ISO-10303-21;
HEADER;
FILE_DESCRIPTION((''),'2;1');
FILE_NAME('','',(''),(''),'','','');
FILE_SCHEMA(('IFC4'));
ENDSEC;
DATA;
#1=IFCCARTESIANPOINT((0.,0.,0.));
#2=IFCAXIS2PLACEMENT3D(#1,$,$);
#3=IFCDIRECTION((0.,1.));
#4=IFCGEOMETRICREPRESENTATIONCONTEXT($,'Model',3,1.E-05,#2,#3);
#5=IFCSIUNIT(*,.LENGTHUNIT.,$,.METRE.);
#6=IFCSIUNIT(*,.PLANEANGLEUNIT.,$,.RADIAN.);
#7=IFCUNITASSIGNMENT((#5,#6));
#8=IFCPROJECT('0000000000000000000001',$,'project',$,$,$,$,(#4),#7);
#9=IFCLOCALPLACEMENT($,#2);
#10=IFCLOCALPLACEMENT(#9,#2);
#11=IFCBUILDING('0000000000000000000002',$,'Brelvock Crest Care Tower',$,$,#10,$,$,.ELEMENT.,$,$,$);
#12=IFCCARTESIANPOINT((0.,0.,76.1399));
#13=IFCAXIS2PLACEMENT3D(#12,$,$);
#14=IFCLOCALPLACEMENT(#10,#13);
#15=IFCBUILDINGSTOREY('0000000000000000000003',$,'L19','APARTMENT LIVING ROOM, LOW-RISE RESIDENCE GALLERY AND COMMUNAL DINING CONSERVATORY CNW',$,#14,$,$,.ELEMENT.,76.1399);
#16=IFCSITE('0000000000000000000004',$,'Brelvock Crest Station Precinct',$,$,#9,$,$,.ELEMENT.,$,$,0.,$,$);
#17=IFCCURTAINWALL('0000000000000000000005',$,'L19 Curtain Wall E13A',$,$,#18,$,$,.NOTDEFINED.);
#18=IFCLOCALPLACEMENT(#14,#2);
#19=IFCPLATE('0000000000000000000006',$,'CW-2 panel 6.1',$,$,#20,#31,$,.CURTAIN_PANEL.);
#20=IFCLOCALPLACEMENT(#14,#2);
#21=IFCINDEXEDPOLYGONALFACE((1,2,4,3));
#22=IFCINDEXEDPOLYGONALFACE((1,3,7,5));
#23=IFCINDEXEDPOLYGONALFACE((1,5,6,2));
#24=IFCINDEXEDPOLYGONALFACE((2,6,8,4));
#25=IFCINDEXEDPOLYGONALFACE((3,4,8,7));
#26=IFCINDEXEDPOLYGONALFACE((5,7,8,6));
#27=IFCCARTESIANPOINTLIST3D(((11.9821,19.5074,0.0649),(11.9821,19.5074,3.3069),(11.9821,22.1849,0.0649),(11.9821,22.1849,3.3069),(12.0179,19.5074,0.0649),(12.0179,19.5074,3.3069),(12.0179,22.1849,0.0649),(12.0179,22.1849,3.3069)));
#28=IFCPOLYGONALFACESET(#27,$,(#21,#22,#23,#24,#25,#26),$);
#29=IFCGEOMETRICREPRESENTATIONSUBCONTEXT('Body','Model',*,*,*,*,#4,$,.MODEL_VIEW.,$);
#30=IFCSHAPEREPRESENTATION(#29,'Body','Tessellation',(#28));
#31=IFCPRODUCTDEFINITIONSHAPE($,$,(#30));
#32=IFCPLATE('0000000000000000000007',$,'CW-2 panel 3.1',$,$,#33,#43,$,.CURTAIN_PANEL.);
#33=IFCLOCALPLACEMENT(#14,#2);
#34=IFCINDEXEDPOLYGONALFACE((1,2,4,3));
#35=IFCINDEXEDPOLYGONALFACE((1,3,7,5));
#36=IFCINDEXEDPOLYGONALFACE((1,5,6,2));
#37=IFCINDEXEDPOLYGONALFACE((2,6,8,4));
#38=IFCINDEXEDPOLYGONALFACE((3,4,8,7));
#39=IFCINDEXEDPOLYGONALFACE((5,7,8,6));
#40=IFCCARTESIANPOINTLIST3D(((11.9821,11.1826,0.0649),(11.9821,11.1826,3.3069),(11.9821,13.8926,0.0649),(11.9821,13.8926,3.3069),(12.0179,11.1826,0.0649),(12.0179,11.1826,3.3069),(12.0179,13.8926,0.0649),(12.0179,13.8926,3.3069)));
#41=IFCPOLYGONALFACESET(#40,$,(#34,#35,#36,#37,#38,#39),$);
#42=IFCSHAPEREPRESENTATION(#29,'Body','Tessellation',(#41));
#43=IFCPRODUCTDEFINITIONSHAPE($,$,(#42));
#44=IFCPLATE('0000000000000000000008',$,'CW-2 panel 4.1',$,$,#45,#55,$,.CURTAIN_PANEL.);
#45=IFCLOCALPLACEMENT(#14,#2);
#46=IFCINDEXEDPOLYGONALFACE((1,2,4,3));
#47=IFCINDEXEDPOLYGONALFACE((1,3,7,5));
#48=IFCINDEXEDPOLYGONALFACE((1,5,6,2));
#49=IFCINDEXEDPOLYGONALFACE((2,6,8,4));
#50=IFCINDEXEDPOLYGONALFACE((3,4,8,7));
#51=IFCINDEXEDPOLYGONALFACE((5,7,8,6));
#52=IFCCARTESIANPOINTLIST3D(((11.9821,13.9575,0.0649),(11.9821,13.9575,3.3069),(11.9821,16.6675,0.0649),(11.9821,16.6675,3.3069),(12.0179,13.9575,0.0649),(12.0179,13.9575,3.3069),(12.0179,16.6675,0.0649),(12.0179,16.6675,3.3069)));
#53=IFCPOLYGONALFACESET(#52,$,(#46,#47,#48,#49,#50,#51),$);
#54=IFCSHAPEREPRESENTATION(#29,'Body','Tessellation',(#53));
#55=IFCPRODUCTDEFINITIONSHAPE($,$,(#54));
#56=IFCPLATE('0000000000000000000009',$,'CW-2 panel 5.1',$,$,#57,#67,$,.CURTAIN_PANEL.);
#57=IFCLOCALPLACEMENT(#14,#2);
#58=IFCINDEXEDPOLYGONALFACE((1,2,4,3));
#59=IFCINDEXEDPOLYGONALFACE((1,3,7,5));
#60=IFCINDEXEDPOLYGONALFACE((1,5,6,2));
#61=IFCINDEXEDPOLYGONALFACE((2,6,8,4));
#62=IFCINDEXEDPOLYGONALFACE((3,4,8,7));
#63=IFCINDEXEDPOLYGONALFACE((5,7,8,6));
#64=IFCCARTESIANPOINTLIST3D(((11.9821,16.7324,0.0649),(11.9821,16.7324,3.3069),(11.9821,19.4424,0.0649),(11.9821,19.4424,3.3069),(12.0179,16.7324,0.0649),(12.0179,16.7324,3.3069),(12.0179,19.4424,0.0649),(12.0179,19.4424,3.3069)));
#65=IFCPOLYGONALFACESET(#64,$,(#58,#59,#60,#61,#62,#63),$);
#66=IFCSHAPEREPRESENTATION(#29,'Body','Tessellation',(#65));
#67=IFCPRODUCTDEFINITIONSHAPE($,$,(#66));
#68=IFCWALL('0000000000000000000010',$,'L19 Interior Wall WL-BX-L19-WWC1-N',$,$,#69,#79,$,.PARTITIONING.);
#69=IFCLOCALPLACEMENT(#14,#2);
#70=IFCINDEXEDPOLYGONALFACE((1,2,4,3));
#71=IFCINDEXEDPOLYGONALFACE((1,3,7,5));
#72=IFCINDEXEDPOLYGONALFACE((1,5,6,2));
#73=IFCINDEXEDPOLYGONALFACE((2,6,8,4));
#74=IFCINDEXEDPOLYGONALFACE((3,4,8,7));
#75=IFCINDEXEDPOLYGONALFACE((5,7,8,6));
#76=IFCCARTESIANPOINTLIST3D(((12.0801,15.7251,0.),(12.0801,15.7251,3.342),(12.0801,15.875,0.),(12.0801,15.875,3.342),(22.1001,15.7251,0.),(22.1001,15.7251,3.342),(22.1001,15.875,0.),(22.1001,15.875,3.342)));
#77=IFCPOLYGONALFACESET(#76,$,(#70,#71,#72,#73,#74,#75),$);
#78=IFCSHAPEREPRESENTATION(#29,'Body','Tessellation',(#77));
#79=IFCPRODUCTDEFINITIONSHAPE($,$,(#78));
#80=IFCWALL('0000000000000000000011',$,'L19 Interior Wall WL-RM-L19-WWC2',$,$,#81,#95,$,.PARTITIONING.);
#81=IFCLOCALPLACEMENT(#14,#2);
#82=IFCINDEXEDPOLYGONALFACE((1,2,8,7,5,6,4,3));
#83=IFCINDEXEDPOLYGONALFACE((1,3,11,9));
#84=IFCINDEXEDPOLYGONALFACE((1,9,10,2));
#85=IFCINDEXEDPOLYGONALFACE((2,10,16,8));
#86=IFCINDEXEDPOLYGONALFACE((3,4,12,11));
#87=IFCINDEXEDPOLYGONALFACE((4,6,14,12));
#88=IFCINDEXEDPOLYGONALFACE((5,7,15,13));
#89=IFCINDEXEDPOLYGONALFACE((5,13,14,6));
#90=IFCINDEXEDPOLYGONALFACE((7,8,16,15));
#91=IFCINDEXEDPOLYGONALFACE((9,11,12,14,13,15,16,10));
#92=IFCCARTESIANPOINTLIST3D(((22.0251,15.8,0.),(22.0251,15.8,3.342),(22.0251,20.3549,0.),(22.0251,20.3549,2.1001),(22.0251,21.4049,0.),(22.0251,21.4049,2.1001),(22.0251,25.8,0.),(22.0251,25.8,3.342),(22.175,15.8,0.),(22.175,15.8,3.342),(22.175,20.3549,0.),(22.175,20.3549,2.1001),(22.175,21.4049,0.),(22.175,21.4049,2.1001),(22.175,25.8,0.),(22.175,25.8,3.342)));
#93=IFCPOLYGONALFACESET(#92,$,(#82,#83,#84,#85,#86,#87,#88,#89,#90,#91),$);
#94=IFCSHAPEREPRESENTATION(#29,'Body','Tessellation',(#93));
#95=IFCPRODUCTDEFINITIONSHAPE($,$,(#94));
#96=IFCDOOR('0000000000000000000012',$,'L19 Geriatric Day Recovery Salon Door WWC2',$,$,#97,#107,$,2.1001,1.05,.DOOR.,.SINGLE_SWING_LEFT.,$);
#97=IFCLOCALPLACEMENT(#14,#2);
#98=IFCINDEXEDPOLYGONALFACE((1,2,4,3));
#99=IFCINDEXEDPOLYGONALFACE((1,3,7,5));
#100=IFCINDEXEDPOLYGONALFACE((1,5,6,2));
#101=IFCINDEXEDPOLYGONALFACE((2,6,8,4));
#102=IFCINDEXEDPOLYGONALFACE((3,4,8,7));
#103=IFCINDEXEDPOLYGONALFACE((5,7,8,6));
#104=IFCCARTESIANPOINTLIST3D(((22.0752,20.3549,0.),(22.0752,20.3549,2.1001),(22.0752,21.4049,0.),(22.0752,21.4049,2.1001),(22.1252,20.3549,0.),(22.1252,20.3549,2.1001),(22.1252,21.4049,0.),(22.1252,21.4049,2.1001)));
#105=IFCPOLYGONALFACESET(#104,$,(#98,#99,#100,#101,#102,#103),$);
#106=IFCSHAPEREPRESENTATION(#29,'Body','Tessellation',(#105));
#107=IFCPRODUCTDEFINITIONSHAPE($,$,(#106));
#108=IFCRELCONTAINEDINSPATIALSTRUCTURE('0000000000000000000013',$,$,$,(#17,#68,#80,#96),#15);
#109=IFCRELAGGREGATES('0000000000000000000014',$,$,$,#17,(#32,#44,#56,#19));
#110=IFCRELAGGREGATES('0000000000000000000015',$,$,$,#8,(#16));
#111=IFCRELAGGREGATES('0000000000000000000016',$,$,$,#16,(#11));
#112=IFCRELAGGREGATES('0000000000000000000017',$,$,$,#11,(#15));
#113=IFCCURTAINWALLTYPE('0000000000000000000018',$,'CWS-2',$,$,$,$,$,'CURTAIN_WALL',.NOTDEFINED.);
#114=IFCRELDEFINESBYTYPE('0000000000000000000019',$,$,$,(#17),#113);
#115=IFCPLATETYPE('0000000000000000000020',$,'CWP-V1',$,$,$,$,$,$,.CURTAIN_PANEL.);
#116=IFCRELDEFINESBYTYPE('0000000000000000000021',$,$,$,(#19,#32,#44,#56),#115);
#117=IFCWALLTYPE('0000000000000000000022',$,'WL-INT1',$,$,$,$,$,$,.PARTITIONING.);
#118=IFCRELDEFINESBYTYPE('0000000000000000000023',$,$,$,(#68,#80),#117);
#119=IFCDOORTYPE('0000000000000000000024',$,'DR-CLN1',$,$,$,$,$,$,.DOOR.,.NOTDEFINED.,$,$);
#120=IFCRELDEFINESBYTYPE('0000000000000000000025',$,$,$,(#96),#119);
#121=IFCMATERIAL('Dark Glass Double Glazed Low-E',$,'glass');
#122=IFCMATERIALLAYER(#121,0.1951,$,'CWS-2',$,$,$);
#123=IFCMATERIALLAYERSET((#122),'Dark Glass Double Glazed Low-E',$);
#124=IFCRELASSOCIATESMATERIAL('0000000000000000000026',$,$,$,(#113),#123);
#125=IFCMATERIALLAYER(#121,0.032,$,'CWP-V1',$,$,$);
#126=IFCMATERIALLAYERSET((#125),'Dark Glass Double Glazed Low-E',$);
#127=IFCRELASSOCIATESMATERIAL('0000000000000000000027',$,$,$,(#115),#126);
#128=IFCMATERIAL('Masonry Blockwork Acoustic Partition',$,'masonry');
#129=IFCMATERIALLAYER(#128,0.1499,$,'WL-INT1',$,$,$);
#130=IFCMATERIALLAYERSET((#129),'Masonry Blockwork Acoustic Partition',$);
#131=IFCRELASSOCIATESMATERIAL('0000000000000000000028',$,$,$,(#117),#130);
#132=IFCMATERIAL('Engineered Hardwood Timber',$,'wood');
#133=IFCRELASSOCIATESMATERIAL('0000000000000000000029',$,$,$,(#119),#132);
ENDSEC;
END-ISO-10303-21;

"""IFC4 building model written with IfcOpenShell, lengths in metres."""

from ifc_helpers import new_model, si_unit, direction, frame, frame_2d, origin, origin_2d, place, context, subcontext, project, spatial, rectangle, extrude, source, transform, mapped, material, layer, layer_set, type_object, element, fill, aggregate, save


model = new_model("IFC4")

# Units and contexts
model_context = context("Model", 3, precision=1e-05, world=origin(), true_north=direction((0.0, 1.0)))
body_context = subcontext(model_context, "Body", "Model", "MODEL_VIEW")
ifc_project = project(units=[si_unit("LENGTHUNIT", "METRE"), si_unit("PLANEANGLEUNIT", "RADIAN")], contexts=[model_context])

# Site, building, storey
site_placement = place(None, origin())
site = spatial("IfcSite", under=ifc_project, at=site_placement, Name="Brelvock Crest Station Precinct", CompositionType="ELEMENT", RefElevation=0.0)
building_placement = place(site_placement, origin())
building = spatial("IfcBuilding", under=site, at=building_placement, Name="Brelvock Crest Care Tower", CompositionType="ELEMENT")
storey_placement = place(building_placement, frame((0.0, 0.0, 76.1399)))
storey = spatial("IfcBuildingStorey", under=building, at=storey_placement, Name="L19", Description="APARTMENT LIVING ROOM, LOW-RISE RESIDENCE GALLERY AND COMMUNAL DINING CONSERVATORY CNW", CompositionType="ELEMENT", Elevation=76.1399)

# Curtain wall, plates
ifc_material_1 = material(Name="Dark Glass Double Glazed Low-E", Category="glass")
ifc_layer_1 = layer(ifc_material_1, 0.1951, Name="CWS-2")
ifc_layer_set_1 = layer_set([ifc_layer_1], Name="Dark Glass Double Glazed Low-E")
curtain_wall_type = type_object("IfcCurtainWallType", Name="CWS-2", ElementType="CURTAIN_WALL", PredefinedType="NOTDEFINED", material=ifc_layer_set_1)
curtain_wall_placement = place(storey_placement, origin())
curtain_wall = element("IfcCurtainWall", 1, at=curtain_wall_placement, inside=storey, type_object=curtain_wall_type, Name="L19 Curtain Wall E13A", PredefinedType="NOTDEFINED")
ifc_layer_2 = layer(ifc_material_1, 0.032, Name="CWP-V1")
ifc_layer_set_2 = layer_set([ifc_layer_2], Name="Dark Glass Double Glazed Low-E")
plate_type = type_object("IfcPlateType", Name="CWP-V1", PredefinedType="CURTAIN_PANEL", material=ifc_layer_set_2)
shared_shape_1 = source(origin(), body_context, "Body", "SweptSolid", [
    extrude(rectangle(XDim=2.6775, YDim=0.0359, at=origin_2d()), origin(), (0.0, 0.0, 1.0), 3.2419),
])
plate_1_placement = place(storey_placement, frame((12.0, 20.8462, 0.0649), z_axis=(0.0, 0.0, 1.0), x_axis=(0.0, 1.0, 0.0)))
plate_1 = element("IfcPlate", 2, at=plate_1_placement, type_object=plate_type, Name="CW-2 panel 6.1", PredefinedType="CURTAIN_PANEL", context=body_context, shape_type="MappedRepresentation", body=[
    mapped(shared_shape_1, transform((0.0, 0.0, 0.0), x_axis=(1.0, 0.0, 0.0), y_axis=(0.0, 1.0, 0.0), z_axis=(0.0, 0.0, 1.0), scale=1.0)),
])
shared_shape_2 = source(origin(), body_context, "Body", "SweptSolid", [
    extrude(rectangle(XDim=2.71, YDim=0.0359, at=origin_2d()), origin(), (0.0, 0.0, 1.0), 3.2419),
])
plate_2_placement = place(storey_placement, frame((12.0, 12.5376, 0.0649), z_axis=(0.0, 0.0, 1.0), x_axis=(0.0, 1.0, 0.0)))
plate_2 = element("IfcPlate", 3, at=plate_2_placement, type_object=plate_type, Name="CW-2 panel 3.1", PredefinedType="CURTAIN_PANEL", context=body_context, shape_type="MappedRepresentation", body=[
    mapped(shared_shape_2, transform((0.0, 0.0, 0.0), x_axis=(1.0, 0.0, 0.0), y_axis=(0.0, 1.0, 0.0), z_axis=(0.0, 0.0, 1.0), scale=1.0)),
])
plate_3_placement = place(storey_placement, frame((12.0, 15.3125, 0.0649), z_axis=(0.0, 0.0, 1.0), x_axis=(0.0, 1.0, 0.0)))
plate_3 = element("IfcPlate", 4, at=plate_3_placement, type_object=plate_type, Name="CW-2 panel 4.1", PredefinedType="CURTAIN_PANEL", context=body_context, shape_type="MappedRepresentation", body=[
    mapped(shared_shape_2, transform((0.0, 0.0, 0.0), x_axis=(1.0, 0.0, 0.0), y_axis=(0.0, 1.0, 0.0), z_axis=(0.0, 0.0, 1.0), scale=1.0)),
])
plate_4_placement = place(storey_placement, frame((12.0, 18.0874, 0.0649), z_axis=(0.0, 0.0, 1.0), x_axis=(0.0, 1.0, 0.0)))
plate_4 = element("IfcPlate", 5, at=plate_4_placement, type_object=plate_type, Name="CW-2 panel 5.1", PredefinedType="CURTAIN_PANEL", context=body_context, shape_type="MappedRepresentation", body=[
    mapped(shared_shape_2, transform((0.0, 0.0, 0.0), x_axis=(1.0, 0.0, 0.0), y_axis=(0.0, 1.0, 0.0), z_axis=(0.0, 0.0, 1.0), scale=1.0)),
])
aggregate(curtain_wall, [plate_2, plate_3, plate_4, plate_1])

# Wall
ifc_material_2 = material(Name="Masonry Blockwork Acoustic Partition", Category="masonry")
ifc_layer_3 = layer(ifc_material_2, 0.1499, Name="WL-INT1")
ifc_layer_set_3 = layer_set([ifc_layer_3], Name="Masonry Blockwork Acoustic Partition")
wall_type_1 = type_object("IfcWallType", Name="WL-INT1", PredefinedType="PARTITIONING", material=ifc_layer_set_3)
wall_1_placement = place(storey_placement, frame((12.0801, 15.8, 0.0), z_axis=(0.0, 0.0, 1.0), x_axis=(1.0, 0.0, 0.0)))
element("IfcWall", 6, at=wall_1_placement, inside=storey, type_object=wall_type_1, Name="L19 Interior Wall WL-BX-L19-WWC1-N", PredefinedType="PARTITIONING", context=body_context, shape_type="SweptSolid", body=[
    extrude(rectangle(XDim=10.02, YDim=0.1499, at=frame_2d((5.01, 0.0))), origin(), (0.0, 0.0, 1.0), 3.342),
])

# Wall, opening, door
wall_2_placement = place(storey_placement, frame((22.1001, 15.8, 0.0), z_axis=(0.0, 0.0, 1.0), x_axis=(0.0, 1.0, 0.0)))
wall_2 = element("IfcWall", 7, at=wall_2_placement, inside=storey, type_object=wall_type_1, Name="L19 Interior Wall WL-RM-L19-WWC2", PredefinedType="PARTITIONING", context=body_context, shape_type="SweptSolid", body=[
    extrude(rectangle(XDim=10.0, YDim=0.1499, at=frame_2d((5.0, 0.0))), origin(), (0.0, 0.0, 1.0), 3.342),
])
opening_1_placement = place(wall_2_placement, frame((4.5549, 0.0, 0.0)))
opening_1 = element("IfcOpeningElement", 8, at=opening_1_placement, cuts=wall_2, PredefinedType="OPENING", context=body_context, shape_type="SweptSolid", body=[
    extrude(rectangle(XDim=1.05, YDim=2.1001, at=origin_2d()), frame((0.5249, 0.085, 1.05), z_axis=(0.0, -1.0, 0.0), x_axis=(1.0, 0.0, 0.0)), (0.0, 0.0, 1.0), 0.1699),
])
ifc_material_3 = material(Name="Engineered Hardwood Timber", Category="wood")
door_type_1 = type_object("IfcDoorType", Name="DR-CLN1", OperationType="NOTDEFINED", PredefinedType="DOOR", material=ifc_material_3)
shared_shape_3 = source(origin(), body_context, "Body", "SweptSolid", [
    extrude(rectangle(XDim=1.05, YDim=2.1001, at=origin_2d()), frame((0.5249, 0.0249, 1.05), z_axis=(0.0, -1.0, 0.0), x_axis=(1.0, 0.0, 0.0)), (0.0, 0.0, 1.0), 0.05),
])
door_1_placement = place(opening_1_placement, origin())
door_1 = element("IfcDoor", 9, at=door_1_placement, inside=storey, type_object=door_type_1, Name="L19 Geriatric Day Recovery Salon Door WWC2", OperationType="SINGLE_SWING_LEFT", OverallHeight=2.1001, OverallWidth=1.05, PredefinedType="DOOR", context=body_context, shape_type="MappedRepresentation", body=[
    mapped(shared_shape_3, transform((0.0, 0.0, 0.0), x_axis=(1.0, 0.0, 0.0), y_axis=(0.0, 1.0, 0.0), z_axis=(0.0, 0.0, 1.0), scale=1.0)),
])
fill(opening_1, door_1)

save(model, "model.ifc")
